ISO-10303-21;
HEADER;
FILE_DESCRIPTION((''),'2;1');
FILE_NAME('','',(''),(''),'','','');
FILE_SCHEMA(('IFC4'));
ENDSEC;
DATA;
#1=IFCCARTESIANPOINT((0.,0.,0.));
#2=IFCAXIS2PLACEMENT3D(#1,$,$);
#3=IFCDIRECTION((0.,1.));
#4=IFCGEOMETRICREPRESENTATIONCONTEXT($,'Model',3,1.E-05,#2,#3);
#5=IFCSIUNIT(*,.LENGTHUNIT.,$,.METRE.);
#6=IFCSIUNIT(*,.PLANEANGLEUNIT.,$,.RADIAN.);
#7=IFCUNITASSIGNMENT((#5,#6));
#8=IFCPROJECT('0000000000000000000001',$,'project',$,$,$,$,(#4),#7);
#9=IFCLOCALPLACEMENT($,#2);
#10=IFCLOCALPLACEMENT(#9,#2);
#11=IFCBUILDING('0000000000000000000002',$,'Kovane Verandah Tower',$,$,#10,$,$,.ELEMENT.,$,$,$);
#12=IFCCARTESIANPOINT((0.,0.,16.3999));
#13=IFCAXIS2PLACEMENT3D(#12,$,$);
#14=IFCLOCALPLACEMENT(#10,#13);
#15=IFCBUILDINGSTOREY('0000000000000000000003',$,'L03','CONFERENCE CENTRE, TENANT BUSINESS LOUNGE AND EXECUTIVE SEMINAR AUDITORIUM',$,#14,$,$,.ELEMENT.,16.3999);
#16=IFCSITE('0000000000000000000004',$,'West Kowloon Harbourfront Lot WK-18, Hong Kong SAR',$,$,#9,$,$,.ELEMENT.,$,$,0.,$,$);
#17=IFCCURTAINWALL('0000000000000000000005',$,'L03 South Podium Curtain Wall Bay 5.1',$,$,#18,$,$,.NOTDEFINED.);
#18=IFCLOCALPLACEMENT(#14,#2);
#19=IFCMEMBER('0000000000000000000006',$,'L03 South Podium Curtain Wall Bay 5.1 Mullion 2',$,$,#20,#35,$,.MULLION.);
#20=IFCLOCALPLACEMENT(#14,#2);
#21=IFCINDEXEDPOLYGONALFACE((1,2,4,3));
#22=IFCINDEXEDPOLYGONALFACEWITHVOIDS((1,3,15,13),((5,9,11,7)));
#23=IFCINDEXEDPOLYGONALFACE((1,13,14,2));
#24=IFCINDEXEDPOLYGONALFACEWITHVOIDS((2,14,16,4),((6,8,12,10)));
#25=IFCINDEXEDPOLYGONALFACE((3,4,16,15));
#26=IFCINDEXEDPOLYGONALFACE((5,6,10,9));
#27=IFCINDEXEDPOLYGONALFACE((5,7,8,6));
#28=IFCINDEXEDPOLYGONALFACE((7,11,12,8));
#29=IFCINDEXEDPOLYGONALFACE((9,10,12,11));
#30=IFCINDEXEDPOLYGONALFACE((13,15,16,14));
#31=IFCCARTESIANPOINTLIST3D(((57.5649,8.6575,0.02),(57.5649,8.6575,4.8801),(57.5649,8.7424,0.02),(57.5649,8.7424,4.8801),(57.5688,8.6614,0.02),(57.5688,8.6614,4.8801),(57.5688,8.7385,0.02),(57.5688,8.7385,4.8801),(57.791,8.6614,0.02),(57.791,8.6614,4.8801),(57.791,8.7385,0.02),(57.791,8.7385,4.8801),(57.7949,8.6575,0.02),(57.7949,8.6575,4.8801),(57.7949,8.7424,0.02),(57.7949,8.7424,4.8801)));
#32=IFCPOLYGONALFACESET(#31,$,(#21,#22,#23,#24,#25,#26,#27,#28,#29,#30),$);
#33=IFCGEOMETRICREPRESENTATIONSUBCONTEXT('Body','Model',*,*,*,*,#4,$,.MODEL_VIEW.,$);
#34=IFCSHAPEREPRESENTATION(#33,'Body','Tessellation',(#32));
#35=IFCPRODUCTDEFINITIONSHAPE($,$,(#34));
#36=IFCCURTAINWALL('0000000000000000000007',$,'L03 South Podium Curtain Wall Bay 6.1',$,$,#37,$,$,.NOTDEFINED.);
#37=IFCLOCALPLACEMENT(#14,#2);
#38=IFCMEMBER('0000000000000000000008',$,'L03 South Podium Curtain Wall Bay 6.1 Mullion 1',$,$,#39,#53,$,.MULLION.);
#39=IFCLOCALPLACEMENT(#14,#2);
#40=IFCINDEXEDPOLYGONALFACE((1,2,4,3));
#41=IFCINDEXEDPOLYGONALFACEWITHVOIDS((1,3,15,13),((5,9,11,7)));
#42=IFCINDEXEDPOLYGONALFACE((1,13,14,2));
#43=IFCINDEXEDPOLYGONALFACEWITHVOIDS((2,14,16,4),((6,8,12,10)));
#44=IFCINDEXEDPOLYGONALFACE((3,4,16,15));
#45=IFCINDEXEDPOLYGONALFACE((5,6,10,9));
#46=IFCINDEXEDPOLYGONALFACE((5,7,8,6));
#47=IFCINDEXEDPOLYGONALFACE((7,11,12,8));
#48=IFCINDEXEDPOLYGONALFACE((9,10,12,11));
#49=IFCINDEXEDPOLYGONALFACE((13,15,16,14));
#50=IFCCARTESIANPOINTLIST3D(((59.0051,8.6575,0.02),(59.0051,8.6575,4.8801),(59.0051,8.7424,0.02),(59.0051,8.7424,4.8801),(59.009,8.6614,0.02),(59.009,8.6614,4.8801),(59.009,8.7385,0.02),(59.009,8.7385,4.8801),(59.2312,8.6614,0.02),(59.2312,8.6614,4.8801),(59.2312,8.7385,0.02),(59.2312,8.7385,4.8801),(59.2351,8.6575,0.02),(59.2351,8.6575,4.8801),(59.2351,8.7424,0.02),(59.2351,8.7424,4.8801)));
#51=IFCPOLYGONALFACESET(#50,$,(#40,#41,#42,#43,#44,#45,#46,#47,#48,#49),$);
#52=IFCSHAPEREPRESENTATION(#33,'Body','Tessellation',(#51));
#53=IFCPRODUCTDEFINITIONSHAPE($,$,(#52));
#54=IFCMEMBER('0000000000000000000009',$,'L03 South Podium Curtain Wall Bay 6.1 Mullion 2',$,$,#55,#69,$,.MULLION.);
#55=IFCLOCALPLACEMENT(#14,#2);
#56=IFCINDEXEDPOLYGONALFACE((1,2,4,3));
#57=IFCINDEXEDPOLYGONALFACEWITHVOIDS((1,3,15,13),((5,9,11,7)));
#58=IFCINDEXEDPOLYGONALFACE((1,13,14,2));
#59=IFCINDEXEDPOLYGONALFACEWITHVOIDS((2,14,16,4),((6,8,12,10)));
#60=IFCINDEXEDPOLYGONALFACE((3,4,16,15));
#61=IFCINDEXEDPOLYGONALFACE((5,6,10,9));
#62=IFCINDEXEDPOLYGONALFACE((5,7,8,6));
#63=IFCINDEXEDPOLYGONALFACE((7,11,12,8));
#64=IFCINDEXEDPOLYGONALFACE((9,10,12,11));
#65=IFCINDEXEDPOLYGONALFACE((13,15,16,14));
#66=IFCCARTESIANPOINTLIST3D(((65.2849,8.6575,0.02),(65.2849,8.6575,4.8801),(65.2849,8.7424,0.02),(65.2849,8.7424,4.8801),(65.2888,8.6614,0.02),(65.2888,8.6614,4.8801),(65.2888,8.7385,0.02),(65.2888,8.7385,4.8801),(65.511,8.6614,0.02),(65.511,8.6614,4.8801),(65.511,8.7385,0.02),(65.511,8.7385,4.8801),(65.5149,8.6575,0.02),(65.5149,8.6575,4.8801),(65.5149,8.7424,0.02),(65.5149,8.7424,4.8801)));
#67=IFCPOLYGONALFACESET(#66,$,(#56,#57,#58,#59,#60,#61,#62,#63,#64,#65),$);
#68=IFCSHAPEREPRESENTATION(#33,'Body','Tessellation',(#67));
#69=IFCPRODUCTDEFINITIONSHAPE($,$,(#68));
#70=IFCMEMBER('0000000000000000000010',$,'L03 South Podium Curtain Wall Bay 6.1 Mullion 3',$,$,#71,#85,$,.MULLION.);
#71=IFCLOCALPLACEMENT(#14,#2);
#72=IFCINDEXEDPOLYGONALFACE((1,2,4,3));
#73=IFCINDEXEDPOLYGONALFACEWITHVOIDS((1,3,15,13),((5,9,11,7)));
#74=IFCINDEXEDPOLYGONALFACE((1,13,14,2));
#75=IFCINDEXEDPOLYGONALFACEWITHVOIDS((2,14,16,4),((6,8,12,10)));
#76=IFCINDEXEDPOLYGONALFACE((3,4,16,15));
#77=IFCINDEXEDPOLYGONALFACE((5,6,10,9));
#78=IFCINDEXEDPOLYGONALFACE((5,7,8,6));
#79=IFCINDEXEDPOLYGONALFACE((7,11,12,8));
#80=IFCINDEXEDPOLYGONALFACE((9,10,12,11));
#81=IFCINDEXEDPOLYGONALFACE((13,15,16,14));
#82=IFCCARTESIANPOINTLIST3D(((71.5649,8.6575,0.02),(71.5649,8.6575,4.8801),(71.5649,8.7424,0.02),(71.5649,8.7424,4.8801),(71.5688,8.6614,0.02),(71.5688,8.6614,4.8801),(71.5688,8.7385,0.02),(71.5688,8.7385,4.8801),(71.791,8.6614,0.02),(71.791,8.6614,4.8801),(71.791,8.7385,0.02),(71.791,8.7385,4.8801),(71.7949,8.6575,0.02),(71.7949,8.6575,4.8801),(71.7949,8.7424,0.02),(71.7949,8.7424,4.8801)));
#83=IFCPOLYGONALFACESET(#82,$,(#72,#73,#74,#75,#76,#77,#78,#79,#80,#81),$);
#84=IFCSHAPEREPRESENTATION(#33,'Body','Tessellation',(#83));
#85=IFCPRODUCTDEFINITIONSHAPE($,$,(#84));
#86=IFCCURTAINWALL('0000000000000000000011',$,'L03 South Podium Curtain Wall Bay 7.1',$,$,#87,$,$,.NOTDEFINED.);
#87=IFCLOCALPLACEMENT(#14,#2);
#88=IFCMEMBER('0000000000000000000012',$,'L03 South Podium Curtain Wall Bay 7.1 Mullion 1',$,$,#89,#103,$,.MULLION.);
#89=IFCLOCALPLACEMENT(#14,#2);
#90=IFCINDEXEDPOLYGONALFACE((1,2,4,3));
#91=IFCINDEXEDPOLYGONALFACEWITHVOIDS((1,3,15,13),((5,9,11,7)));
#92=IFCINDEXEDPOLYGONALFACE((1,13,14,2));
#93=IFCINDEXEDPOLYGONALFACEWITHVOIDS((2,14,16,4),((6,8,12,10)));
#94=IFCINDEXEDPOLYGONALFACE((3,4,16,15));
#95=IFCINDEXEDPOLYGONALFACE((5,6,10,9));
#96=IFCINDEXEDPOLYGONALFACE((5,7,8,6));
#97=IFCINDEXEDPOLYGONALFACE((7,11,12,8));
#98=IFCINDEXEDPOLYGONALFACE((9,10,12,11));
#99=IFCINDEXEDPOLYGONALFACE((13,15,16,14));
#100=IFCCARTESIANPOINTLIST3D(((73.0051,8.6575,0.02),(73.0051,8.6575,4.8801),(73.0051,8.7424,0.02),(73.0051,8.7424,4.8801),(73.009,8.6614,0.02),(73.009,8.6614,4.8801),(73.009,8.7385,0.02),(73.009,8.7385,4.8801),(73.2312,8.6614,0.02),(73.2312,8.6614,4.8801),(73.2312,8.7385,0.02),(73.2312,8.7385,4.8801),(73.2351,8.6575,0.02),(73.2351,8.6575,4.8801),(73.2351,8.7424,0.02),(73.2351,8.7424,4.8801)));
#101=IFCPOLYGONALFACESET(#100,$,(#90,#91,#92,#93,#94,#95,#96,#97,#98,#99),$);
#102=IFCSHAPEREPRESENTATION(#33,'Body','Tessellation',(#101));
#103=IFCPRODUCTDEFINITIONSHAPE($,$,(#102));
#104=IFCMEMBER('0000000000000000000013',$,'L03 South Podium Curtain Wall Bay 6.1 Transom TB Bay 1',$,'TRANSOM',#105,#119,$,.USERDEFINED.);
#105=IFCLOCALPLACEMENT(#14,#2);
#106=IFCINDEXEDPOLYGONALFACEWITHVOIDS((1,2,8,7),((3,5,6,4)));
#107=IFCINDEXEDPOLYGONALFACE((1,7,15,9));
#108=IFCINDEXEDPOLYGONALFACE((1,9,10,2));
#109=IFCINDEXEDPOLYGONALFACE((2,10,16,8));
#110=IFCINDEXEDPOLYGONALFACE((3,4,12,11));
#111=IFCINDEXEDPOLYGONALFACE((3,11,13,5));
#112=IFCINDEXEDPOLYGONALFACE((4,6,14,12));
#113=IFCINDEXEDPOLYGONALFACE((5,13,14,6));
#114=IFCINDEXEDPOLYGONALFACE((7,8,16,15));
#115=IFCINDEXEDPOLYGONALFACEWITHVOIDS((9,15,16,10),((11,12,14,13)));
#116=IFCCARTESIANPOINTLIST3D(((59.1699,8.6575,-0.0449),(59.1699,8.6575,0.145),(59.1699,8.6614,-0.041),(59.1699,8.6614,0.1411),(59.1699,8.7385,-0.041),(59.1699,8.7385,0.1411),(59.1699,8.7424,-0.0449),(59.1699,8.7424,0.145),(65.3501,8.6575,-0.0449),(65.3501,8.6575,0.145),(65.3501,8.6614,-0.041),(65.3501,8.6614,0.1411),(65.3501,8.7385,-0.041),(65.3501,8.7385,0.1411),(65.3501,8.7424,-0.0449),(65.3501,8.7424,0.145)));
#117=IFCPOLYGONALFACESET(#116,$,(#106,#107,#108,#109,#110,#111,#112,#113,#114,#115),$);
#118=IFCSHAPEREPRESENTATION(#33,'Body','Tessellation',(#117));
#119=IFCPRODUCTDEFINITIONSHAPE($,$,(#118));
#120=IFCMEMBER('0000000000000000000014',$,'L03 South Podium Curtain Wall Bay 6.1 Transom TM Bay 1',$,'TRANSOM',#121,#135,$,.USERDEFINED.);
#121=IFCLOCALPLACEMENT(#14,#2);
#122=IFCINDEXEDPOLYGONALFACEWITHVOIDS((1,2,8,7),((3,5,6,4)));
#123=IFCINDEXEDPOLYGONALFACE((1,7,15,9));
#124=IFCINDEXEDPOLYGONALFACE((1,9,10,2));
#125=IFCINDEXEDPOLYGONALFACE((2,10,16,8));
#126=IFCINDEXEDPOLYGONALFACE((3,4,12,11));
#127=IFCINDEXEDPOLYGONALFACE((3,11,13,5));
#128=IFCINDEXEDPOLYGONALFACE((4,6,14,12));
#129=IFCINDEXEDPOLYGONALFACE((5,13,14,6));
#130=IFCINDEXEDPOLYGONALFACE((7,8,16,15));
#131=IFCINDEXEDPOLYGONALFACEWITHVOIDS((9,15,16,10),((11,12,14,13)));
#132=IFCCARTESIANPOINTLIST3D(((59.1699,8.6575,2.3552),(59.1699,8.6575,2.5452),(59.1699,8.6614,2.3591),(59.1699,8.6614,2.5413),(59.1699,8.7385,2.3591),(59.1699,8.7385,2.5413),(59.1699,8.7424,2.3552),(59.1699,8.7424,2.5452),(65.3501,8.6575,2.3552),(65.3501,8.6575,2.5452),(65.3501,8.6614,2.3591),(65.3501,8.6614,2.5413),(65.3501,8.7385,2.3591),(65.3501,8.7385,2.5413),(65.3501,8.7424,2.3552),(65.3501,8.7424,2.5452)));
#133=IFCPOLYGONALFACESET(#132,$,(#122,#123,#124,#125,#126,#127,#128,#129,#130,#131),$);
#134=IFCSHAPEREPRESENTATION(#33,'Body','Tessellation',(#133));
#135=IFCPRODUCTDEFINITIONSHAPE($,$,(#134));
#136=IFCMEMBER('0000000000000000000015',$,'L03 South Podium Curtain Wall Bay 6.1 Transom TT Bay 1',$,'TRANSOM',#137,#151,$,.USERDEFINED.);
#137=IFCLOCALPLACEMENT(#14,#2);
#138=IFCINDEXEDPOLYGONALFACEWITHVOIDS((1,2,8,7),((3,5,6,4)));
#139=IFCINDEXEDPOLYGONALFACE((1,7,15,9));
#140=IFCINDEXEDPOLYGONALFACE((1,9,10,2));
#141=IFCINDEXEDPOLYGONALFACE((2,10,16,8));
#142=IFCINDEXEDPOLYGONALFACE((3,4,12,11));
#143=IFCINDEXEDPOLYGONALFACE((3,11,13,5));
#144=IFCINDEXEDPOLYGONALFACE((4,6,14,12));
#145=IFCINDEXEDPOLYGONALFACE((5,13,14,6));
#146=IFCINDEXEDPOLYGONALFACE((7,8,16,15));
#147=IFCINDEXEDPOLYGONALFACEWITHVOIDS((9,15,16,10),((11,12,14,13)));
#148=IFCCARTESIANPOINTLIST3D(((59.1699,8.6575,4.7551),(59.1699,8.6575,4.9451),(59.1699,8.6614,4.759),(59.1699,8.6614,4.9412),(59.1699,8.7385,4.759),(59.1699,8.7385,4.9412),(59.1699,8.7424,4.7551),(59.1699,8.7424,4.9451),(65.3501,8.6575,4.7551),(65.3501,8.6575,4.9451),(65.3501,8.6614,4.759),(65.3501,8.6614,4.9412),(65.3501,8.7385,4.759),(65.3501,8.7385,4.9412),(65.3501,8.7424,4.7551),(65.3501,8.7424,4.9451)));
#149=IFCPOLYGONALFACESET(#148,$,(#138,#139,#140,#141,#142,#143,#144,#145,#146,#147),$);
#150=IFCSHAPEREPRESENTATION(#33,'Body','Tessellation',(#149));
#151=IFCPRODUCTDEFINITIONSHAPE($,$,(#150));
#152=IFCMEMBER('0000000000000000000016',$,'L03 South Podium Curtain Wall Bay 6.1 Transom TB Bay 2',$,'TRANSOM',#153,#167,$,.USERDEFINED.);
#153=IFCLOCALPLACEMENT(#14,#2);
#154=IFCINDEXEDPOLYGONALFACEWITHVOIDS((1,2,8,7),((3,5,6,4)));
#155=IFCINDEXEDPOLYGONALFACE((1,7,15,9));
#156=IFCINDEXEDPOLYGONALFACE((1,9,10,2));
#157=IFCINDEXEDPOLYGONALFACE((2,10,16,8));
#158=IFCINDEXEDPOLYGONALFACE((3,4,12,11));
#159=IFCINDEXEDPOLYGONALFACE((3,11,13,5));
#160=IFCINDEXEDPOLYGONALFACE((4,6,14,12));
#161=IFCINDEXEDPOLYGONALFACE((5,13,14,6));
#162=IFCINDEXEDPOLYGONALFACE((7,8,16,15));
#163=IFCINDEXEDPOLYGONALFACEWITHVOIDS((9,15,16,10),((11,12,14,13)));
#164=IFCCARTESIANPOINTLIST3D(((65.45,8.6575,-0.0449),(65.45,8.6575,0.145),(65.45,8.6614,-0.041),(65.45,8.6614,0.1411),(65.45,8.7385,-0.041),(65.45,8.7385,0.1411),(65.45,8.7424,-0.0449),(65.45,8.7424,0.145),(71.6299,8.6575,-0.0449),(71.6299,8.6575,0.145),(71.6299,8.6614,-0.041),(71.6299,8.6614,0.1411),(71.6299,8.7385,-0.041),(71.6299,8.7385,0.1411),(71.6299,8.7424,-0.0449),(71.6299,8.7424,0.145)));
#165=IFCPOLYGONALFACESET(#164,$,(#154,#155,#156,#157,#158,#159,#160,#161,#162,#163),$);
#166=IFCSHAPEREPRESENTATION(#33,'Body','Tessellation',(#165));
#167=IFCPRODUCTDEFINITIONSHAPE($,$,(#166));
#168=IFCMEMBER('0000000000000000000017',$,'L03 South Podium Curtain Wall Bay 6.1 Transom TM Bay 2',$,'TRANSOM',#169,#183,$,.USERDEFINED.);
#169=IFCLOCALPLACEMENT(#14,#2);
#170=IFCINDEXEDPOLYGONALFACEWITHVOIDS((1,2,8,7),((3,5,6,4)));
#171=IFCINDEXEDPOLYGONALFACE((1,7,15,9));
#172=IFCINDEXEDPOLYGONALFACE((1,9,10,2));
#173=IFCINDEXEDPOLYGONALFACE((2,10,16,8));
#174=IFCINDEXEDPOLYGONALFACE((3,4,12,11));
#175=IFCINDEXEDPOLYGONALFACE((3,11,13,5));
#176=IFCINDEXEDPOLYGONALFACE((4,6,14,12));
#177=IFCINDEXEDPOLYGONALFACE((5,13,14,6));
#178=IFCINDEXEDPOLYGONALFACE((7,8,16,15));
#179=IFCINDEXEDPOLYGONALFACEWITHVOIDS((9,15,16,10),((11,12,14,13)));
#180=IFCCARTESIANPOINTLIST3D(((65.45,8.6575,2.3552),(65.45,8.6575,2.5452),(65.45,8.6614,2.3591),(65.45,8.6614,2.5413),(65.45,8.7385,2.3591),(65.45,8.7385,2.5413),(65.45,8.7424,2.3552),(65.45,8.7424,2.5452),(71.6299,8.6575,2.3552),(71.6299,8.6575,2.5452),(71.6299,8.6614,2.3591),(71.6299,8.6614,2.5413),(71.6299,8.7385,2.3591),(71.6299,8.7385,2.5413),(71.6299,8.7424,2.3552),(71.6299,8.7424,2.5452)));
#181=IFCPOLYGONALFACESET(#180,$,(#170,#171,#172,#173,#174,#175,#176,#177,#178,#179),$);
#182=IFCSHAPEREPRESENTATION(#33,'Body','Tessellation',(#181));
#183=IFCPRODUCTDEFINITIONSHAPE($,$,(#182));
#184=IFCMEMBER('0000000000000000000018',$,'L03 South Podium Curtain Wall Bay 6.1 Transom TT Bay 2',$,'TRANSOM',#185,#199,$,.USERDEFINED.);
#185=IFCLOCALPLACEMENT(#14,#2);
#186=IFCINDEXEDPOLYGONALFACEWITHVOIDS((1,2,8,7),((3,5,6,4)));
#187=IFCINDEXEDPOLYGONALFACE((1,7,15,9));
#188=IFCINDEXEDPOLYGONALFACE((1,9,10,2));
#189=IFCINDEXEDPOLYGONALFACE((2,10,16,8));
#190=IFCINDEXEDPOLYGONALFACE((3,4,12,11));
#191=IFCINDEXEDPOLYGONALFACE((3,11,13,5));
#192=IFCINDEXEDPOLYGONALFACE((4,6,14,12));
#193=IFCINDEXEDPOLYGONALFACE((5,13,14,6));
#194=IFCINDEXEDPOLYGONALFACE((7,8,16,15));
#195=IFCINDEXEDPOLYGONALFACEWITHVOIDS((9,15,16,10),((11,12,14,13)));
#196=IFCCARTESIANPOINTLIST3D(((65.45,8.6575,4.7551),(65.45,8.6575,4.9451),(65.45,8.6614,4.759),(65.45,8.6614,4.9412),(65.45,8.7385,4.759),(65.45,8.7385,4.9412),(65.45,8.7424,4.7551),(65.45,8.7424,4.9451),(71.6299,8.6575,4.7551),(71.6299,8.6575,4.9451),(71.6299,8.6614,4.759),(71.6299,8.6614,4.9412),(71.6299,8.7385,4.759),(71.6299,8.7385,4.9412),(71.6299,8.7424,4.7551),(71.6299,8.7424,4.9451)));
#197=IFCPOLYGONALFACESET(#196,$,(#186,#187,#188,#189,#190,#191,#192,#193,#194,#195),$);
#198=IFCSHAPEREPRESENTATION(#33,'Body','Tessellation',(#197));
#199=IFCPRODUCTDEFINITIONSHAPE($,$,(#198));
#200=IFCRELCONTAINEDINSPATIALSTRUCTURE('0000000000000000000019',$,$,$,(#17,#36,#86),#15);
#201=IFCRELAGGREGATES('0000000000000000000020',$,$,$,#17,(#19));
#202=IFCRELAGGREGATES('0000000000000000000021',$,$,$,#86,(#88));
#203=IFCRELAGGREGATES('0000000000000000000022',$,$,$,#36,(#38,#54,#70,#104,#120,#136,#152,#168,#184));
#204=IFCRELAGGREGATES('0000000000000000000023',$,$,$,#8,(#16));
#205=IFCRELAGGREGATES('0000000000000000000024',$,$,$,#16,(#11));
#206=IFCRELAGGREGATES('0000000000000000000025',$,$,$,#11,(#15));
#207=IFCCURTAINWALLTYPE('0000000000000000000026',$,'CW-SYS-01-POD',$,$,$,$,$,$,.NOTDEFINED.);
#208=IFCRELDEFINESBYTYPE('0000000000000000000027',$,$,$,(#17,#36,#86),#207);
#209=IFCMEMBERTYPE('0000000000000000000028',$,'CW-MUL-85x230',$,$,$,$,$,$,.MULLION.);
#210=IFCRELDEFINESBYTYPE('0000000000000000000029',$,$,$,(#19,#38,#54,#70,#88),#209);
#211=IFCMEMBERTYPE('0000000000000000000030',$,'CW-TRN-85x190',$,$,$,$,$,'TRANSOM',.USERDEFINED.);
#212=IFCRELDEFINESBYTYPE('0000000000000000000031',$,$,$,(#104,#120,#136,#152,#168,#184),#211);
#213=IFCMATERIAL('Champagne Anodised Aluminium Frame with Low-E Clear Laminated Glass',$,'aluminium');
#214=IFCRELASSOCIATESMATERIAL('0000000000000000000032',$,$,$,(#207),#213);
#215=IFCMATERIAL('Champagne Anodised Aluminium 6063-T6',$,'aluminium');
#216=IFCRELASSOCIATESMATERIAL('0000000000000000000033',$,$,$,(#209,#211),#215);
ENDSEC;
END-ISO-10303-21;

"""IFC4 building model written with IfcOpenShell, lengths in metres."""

from ifc_helpers import new_model, si_unit, direction, frame, origin, origin_2d, place, context, subcontext, project, spatial, hollow_rectangle, extrude, material, material_profile, profile_set, type_object, element, aggregate, save


model = new_model("IFC4")

# Units and contexts
model_context = context("Model", 3, precision=1e-05, world=origin(), true_north=direction((0.0, 1.0)))
body_context = subcontext(model_context, "Body", "Model", "MODEL_VIEW")
ifc_project = project(units=[si_unit("LENGTHUNIT", "METRE"), si_unit("PLANEANGLEUNIT", "RADIAN")], contexts=[model_context])

# Site, building, storey
site_placement = place(None, origin())
site = spatial("IfcSite", under=ifc_project, at=site_placement, Name="West Kowloon Harbourfront Lot WK-18, Hong Kong SAR", CompositionType="ELEMENT", RefElevation=0.0)
building_placement = place(site_placement, origin())
building = spatial("IfcBuilding", under=site, at=building_placement, Name="Kovane Verandah Tower", CompositionType="ELEMENT")
storey_placement = place(building_placement, frame((0.0, 0.0, 16.3999)))
storey = spatial("IfcBuildingStorey", under=building, at=storey_placement, Name="L03", Description="CONFERENCE CENTRE, TENANT BUSINESS LOUNGE AND EXECUTIVE SEMINAR AUDITORIUM", CompositionType="ELEMENT", Elevation=16.3999)

# Curtain wall, member
ifc_material_1 = material(Name="Champagne Anodised Aluminium Frame with Low-E Clear Laminated Glass", Category="aluminium")
curtain_wall_type = type_object("IfcCurtainWallType", Name="CW-SYS-01-POD", PredefinedType="NOTDEFINED", material=ifc_material_1)
curtain_wall_1_placement = place(storey_placement, origin())
curtain_wall_1 = element("IfcCurtainWall", 1, at=curtain_wall_1_placement, inside=storey, type_object=curtain_wall_type, Name="L03 South Podium Curtain Wall Bay 5.1", PredefinedType="NOTDEFINED")
ifc_material_2 = material(Name="Champagne Anodised Aluminium 6063-T6", Category="aluminium")
ifc_material_profile_1 = material_profile(ifc_material_2, hollow_rectangle(XDim=0.085, YDim=0.23, WallThickness=0.0039, at=origin_2d()), Name="AL85x230x4")
ifc_profile_set_1 = profile_set([ifc_material_profile_1], Name="Champagne Anodised Aluminium 6063-T6")
member_type_1 = type_object("IfcMemberType", Name="CW-MUL-85x230", PredefinedType="MULLION", material=ifc_profile_set_1)
member_1_placement = place(storey_placement, frame((57.6799, 8.7, 0.02), z_axis=(0.0, 0.0, 1.0), x_axis=(0.0, -1.0, 0.0)))
member_1 = element("IfcMember", 2, at=member_1_placement, type_object=member_type_1, Name="L03 South Podium Curtain Wall Bay 5.1 Mullion 2", PredefinedType="MULLION", context=body_context, shape_type="SweptSolid", body=[
    extrude(hollow_rectangle(XDim=0.085, YDim=0.23, WallThickness=0.0039, at=origin_2d()), origin(), (0.0, 0.0, 1.0), 4.8601),
])
aggregate(curtain_wall_1, [member_1])

# Curtain wall, members
curtain_wall_2_placement = place(storey_placement, origin())
curtain_wall_2 = element("IfcCurtainWall", 3, at=curtain_wall_2_placement, inside=storey, type_object=curtain_wall_type, Name="L03 South Podium Curtain Wall Bay 6.1", PredefinedType="NOTDEFINED")
member_2_placement = place(storey_placement, frame((59.1201, 8.7, 0.02), z_axis=(0.0, 0.0, 1.0), x_axis=(0.0, -1.0, 0.0)))
member_2 = element("IfcMember", 4, at=member_2_placement, type_object=member_type_1, Name="L03 South Podium Curtain Wall Bay 6.1 Mullion 1", PredefinedType="MULLION", context=body_context, shape_type="SweptSolid", body=[
    extrude(hollow_rectangle(XDim=0.085, YDim=0.23, WallThickness=0.0039, at=origin_2d()), origin(), (0.0, 0.0, 1.0), 4.8601),
])
member_3_placement = place(storey_placement, frame((65.3999, 8.7, 0.02), z_axis=(0.0, 0.0, 1.0), x_axis=(0.0, -1.0, 0.0)))
member_3 = element("IfcMember", 5, at=member_3_placement, type_object=member_type_1, Name="L03 South Podium Curtain Wall Bay 6.1 Mullion 2", PredefinedType="MULLION", context=body_context, shape_type="SweptSolid", body=[
    extrude(hollow_rectangle(XDim=0.085, YDim=0.23, WallThickness=0.0039, at=origin_2d()), origin(), (0.0, 0.0, 1.0), 4.8601),
])
member_4_placement = place(storey_placement, frame((71.6799, 8.7, 0.02), z_axis=(0.0, 0.0, 1.0), x_axis=(0.0, -1.0, 0.0)))
member_4 = element("IfcMember", 6, at=member_4_placement, type_object=member_type_1, Name="L03 South Podium Curtain Wall Bay 6.1 Mullion 3", PredefinedType="MULLION", context=body_context, shape_type="SweptSolid", body=[
    extrude(hollow_rectangle(XDim=0.085, YDim=0.23, WallThickness=0.0039, at=origin_2d()), origin(), (0.0, 0.0, 1.0), 4.8601),
])

# Curtain wall, member
curtain_wall_3_placement = place(storey_placement, origin())
curtain_wall_3 = element("IfcCurtainWall", 7, at=curtain_wall_3_placement, inside=storey, type_object=curtain_wall_type, Name="L03 South Podium Curtain Wall Bay 7.1", PredefinedType="NOTDEFINED")
member_5_placement = place(storey_placement, frame((73.1201, 8.7, 0.02), z_axis=(0.0, 0.0, 1.0), x_axis=(0.0, -1.0, 0.0)))
member_5 = element("IfcMember", 8, at=member_5_placement, type_object=member_type_1, Name="L03 South Podium Curtain Wall Bay 7.1 Mullion 1", PredefinedType="MULLION", context=body_context, shape_type="SweptSolid", body=[
    extrude(hollow_rectangle(XDim=0.085, YDim=0.23, WallThickness=0.0039, at=origin_2d()), origin(), (0.0, 0.0, 1.0), 4.8601),
])

# Members
ifc_material_profile_2 = material_profile(ifc_material_2, hollow_rectangle(XDim=0.085, YDim=0.1899, WallThickness=0.0039, at=origin_2d()), Name="AL85x190x4")
ifc_profile_set_2 = profile_set([ifc_material_profile_2], Name="Champagne Anodised Aluminium 6063-T6")
member_type_2 = type_object("IfcMemberType", Name="CW-TRN-85x190", ElementType="TRANSOM", PredefinedType="USERDEFINED", material=ifc_profile_set_2)
member_6_placement = place(storey_placement, frame((59.1699, 8.7, 0.05), z_axis=(1.0, 0.0, 0.0), x_axis=(0.0, 1.0, 0.0)))
member_6 = element("IfcMember", 9, at=member_6_placement, type_object=member_type_2, Name="L03 South Podium Curtain Wall Bay 6.1 Transom TB Bay 1", ObjectType="TRANSOM", PredefinedType="USERDEFINED", context=body_context, shape_type="SweptSolid", body=[
    extrude(hollow_rectangle(XDim=0.085, YDim=0.1899, WallThickness=0.0039, at=origin_2d()), origin(), (0.0, 0.0, 1.0), 6.1802),
])
member_7_placement = place(storey_placement, frame((59.1699, 8.7, 2.4502), z_axis=(1.0, 0.0, 0.0), x_axis=(0.0, 1.0, 0.0)))
member_7 = element("IfcMember", 10, at=member_7_placement, type_object=member_type_2, Name="L03 South Podium Curtain Wall Bay 6.1 Transom TM Bay 1", ObjectType="TRANSOM", PredefinedType="USERDEFINED", context=body_context, shape_type="SweptSolid", body=[
    extrude(hollow_rectangle(XDim=0.085, YDim=0.1899, WallThickness=0.0039, at=origin_2d()), origin(), (0.0, 0.0, 1.0), 6.1802),
])
member_8_placement = place(storey_placement, frame((59.1699, 8.7, 4.8501), z_axis=(1.0, 0.0, 0.0), x_axis=(0.0, 1.0, 0.0)))
member_8 = element("IfcMember", 11, at=member_8_placement, type_object=member_type_2, Name="L03 South Podium Curtain Wall Bay 6.1 Transom TT Bay 1", ObjectType="TRANSOM", PredefinedType="USERDEFINED", context=body_context, shape_type="SweptSolid", body=[
    extrude(hollow_rectangle(XDim=0.085, YDim=0.1899, WallThickness=0.0039, at=origin_2d()), origin(), (0.0, 0.0, 1.0), 6.1802),
])
member_9_placement = place(storey_placement, frame((65.45, 8.7, 0.05), z_axis=(1.0, 0.0, 0.0), x_axis=(0.0, 1.0, 0.0)))
member_9 = element("IfcMember", 12, at=member_9_placement, type_object=member_type_2, Name="L03 South Podium Curtain Wall Bay 6.1 Transom TB Bay 2", ObjectType="TRANSOM", PredefinedType="USERDEFINED", context=body_context, shape_type="SweptSolid", body=[
    extrude(hollow_rectangle(XDim=0.085, YDim=0.1899, WallThickness=0.0039, at=origin_2d()), origin(), (0.0, 0.0, 1.0), 6.1799),
])
member_10_placement = place(storey_placement, frame((65.45, 8.7, 2.4502), z_axis=(1.0, 0.0, 0.0), x_axis=(0.0, 1.0, 0.0)))
member_10 = element("IfcMember", 13, at=member_10_placement, type_object=member_type_2, Name="L03 South Podium Curtain Wall Bay 6.1 Transom TM Bay 2", ObjectType="TRANSOM", PredefinedType="USERDEFINED", context=body_context, shape_type="SweptSolid", body=[
    extrude(hollow_rectangle(XDim=0.085, YDim=0.1899, WallThickness=0.0039, at=origin_2d()), origin(), (0.0, 0.0, 1.0), 6.1799),
])
member_11_placement = place(storey_placement, frame((65.45, 8.7, 4.8501), z_axis=(1.0, 0.0, 0.0), x_axis=(0.0, 1.0, 0.0)))
member_11 = element("IfcMember", 14, at=member_11_placement, type_object=member_type_2, Name="L03 South Podium Curtain Wall Bay 6.1 Transom TT Bay 2", ObjectType="TRANSOM", PredefinedType="USERDEFINED", context=body_context, shape_type="SweptSolid", body=[
    extrude(hollow_rectangle(XDim=0.085, YDim=0.1899, WallThickness=0.0039, at=origin_2d()), origin(), (0.0, 0.0, 1.0), 6.1799),
])
aggregate(curtain_wall_3, [member_5])

aggregate(curtain_wall_2, [member_2, member_3, member_4, member_6, member_7, member_8, member_9, member_10, member_11])

save(model, "model.ifc")
